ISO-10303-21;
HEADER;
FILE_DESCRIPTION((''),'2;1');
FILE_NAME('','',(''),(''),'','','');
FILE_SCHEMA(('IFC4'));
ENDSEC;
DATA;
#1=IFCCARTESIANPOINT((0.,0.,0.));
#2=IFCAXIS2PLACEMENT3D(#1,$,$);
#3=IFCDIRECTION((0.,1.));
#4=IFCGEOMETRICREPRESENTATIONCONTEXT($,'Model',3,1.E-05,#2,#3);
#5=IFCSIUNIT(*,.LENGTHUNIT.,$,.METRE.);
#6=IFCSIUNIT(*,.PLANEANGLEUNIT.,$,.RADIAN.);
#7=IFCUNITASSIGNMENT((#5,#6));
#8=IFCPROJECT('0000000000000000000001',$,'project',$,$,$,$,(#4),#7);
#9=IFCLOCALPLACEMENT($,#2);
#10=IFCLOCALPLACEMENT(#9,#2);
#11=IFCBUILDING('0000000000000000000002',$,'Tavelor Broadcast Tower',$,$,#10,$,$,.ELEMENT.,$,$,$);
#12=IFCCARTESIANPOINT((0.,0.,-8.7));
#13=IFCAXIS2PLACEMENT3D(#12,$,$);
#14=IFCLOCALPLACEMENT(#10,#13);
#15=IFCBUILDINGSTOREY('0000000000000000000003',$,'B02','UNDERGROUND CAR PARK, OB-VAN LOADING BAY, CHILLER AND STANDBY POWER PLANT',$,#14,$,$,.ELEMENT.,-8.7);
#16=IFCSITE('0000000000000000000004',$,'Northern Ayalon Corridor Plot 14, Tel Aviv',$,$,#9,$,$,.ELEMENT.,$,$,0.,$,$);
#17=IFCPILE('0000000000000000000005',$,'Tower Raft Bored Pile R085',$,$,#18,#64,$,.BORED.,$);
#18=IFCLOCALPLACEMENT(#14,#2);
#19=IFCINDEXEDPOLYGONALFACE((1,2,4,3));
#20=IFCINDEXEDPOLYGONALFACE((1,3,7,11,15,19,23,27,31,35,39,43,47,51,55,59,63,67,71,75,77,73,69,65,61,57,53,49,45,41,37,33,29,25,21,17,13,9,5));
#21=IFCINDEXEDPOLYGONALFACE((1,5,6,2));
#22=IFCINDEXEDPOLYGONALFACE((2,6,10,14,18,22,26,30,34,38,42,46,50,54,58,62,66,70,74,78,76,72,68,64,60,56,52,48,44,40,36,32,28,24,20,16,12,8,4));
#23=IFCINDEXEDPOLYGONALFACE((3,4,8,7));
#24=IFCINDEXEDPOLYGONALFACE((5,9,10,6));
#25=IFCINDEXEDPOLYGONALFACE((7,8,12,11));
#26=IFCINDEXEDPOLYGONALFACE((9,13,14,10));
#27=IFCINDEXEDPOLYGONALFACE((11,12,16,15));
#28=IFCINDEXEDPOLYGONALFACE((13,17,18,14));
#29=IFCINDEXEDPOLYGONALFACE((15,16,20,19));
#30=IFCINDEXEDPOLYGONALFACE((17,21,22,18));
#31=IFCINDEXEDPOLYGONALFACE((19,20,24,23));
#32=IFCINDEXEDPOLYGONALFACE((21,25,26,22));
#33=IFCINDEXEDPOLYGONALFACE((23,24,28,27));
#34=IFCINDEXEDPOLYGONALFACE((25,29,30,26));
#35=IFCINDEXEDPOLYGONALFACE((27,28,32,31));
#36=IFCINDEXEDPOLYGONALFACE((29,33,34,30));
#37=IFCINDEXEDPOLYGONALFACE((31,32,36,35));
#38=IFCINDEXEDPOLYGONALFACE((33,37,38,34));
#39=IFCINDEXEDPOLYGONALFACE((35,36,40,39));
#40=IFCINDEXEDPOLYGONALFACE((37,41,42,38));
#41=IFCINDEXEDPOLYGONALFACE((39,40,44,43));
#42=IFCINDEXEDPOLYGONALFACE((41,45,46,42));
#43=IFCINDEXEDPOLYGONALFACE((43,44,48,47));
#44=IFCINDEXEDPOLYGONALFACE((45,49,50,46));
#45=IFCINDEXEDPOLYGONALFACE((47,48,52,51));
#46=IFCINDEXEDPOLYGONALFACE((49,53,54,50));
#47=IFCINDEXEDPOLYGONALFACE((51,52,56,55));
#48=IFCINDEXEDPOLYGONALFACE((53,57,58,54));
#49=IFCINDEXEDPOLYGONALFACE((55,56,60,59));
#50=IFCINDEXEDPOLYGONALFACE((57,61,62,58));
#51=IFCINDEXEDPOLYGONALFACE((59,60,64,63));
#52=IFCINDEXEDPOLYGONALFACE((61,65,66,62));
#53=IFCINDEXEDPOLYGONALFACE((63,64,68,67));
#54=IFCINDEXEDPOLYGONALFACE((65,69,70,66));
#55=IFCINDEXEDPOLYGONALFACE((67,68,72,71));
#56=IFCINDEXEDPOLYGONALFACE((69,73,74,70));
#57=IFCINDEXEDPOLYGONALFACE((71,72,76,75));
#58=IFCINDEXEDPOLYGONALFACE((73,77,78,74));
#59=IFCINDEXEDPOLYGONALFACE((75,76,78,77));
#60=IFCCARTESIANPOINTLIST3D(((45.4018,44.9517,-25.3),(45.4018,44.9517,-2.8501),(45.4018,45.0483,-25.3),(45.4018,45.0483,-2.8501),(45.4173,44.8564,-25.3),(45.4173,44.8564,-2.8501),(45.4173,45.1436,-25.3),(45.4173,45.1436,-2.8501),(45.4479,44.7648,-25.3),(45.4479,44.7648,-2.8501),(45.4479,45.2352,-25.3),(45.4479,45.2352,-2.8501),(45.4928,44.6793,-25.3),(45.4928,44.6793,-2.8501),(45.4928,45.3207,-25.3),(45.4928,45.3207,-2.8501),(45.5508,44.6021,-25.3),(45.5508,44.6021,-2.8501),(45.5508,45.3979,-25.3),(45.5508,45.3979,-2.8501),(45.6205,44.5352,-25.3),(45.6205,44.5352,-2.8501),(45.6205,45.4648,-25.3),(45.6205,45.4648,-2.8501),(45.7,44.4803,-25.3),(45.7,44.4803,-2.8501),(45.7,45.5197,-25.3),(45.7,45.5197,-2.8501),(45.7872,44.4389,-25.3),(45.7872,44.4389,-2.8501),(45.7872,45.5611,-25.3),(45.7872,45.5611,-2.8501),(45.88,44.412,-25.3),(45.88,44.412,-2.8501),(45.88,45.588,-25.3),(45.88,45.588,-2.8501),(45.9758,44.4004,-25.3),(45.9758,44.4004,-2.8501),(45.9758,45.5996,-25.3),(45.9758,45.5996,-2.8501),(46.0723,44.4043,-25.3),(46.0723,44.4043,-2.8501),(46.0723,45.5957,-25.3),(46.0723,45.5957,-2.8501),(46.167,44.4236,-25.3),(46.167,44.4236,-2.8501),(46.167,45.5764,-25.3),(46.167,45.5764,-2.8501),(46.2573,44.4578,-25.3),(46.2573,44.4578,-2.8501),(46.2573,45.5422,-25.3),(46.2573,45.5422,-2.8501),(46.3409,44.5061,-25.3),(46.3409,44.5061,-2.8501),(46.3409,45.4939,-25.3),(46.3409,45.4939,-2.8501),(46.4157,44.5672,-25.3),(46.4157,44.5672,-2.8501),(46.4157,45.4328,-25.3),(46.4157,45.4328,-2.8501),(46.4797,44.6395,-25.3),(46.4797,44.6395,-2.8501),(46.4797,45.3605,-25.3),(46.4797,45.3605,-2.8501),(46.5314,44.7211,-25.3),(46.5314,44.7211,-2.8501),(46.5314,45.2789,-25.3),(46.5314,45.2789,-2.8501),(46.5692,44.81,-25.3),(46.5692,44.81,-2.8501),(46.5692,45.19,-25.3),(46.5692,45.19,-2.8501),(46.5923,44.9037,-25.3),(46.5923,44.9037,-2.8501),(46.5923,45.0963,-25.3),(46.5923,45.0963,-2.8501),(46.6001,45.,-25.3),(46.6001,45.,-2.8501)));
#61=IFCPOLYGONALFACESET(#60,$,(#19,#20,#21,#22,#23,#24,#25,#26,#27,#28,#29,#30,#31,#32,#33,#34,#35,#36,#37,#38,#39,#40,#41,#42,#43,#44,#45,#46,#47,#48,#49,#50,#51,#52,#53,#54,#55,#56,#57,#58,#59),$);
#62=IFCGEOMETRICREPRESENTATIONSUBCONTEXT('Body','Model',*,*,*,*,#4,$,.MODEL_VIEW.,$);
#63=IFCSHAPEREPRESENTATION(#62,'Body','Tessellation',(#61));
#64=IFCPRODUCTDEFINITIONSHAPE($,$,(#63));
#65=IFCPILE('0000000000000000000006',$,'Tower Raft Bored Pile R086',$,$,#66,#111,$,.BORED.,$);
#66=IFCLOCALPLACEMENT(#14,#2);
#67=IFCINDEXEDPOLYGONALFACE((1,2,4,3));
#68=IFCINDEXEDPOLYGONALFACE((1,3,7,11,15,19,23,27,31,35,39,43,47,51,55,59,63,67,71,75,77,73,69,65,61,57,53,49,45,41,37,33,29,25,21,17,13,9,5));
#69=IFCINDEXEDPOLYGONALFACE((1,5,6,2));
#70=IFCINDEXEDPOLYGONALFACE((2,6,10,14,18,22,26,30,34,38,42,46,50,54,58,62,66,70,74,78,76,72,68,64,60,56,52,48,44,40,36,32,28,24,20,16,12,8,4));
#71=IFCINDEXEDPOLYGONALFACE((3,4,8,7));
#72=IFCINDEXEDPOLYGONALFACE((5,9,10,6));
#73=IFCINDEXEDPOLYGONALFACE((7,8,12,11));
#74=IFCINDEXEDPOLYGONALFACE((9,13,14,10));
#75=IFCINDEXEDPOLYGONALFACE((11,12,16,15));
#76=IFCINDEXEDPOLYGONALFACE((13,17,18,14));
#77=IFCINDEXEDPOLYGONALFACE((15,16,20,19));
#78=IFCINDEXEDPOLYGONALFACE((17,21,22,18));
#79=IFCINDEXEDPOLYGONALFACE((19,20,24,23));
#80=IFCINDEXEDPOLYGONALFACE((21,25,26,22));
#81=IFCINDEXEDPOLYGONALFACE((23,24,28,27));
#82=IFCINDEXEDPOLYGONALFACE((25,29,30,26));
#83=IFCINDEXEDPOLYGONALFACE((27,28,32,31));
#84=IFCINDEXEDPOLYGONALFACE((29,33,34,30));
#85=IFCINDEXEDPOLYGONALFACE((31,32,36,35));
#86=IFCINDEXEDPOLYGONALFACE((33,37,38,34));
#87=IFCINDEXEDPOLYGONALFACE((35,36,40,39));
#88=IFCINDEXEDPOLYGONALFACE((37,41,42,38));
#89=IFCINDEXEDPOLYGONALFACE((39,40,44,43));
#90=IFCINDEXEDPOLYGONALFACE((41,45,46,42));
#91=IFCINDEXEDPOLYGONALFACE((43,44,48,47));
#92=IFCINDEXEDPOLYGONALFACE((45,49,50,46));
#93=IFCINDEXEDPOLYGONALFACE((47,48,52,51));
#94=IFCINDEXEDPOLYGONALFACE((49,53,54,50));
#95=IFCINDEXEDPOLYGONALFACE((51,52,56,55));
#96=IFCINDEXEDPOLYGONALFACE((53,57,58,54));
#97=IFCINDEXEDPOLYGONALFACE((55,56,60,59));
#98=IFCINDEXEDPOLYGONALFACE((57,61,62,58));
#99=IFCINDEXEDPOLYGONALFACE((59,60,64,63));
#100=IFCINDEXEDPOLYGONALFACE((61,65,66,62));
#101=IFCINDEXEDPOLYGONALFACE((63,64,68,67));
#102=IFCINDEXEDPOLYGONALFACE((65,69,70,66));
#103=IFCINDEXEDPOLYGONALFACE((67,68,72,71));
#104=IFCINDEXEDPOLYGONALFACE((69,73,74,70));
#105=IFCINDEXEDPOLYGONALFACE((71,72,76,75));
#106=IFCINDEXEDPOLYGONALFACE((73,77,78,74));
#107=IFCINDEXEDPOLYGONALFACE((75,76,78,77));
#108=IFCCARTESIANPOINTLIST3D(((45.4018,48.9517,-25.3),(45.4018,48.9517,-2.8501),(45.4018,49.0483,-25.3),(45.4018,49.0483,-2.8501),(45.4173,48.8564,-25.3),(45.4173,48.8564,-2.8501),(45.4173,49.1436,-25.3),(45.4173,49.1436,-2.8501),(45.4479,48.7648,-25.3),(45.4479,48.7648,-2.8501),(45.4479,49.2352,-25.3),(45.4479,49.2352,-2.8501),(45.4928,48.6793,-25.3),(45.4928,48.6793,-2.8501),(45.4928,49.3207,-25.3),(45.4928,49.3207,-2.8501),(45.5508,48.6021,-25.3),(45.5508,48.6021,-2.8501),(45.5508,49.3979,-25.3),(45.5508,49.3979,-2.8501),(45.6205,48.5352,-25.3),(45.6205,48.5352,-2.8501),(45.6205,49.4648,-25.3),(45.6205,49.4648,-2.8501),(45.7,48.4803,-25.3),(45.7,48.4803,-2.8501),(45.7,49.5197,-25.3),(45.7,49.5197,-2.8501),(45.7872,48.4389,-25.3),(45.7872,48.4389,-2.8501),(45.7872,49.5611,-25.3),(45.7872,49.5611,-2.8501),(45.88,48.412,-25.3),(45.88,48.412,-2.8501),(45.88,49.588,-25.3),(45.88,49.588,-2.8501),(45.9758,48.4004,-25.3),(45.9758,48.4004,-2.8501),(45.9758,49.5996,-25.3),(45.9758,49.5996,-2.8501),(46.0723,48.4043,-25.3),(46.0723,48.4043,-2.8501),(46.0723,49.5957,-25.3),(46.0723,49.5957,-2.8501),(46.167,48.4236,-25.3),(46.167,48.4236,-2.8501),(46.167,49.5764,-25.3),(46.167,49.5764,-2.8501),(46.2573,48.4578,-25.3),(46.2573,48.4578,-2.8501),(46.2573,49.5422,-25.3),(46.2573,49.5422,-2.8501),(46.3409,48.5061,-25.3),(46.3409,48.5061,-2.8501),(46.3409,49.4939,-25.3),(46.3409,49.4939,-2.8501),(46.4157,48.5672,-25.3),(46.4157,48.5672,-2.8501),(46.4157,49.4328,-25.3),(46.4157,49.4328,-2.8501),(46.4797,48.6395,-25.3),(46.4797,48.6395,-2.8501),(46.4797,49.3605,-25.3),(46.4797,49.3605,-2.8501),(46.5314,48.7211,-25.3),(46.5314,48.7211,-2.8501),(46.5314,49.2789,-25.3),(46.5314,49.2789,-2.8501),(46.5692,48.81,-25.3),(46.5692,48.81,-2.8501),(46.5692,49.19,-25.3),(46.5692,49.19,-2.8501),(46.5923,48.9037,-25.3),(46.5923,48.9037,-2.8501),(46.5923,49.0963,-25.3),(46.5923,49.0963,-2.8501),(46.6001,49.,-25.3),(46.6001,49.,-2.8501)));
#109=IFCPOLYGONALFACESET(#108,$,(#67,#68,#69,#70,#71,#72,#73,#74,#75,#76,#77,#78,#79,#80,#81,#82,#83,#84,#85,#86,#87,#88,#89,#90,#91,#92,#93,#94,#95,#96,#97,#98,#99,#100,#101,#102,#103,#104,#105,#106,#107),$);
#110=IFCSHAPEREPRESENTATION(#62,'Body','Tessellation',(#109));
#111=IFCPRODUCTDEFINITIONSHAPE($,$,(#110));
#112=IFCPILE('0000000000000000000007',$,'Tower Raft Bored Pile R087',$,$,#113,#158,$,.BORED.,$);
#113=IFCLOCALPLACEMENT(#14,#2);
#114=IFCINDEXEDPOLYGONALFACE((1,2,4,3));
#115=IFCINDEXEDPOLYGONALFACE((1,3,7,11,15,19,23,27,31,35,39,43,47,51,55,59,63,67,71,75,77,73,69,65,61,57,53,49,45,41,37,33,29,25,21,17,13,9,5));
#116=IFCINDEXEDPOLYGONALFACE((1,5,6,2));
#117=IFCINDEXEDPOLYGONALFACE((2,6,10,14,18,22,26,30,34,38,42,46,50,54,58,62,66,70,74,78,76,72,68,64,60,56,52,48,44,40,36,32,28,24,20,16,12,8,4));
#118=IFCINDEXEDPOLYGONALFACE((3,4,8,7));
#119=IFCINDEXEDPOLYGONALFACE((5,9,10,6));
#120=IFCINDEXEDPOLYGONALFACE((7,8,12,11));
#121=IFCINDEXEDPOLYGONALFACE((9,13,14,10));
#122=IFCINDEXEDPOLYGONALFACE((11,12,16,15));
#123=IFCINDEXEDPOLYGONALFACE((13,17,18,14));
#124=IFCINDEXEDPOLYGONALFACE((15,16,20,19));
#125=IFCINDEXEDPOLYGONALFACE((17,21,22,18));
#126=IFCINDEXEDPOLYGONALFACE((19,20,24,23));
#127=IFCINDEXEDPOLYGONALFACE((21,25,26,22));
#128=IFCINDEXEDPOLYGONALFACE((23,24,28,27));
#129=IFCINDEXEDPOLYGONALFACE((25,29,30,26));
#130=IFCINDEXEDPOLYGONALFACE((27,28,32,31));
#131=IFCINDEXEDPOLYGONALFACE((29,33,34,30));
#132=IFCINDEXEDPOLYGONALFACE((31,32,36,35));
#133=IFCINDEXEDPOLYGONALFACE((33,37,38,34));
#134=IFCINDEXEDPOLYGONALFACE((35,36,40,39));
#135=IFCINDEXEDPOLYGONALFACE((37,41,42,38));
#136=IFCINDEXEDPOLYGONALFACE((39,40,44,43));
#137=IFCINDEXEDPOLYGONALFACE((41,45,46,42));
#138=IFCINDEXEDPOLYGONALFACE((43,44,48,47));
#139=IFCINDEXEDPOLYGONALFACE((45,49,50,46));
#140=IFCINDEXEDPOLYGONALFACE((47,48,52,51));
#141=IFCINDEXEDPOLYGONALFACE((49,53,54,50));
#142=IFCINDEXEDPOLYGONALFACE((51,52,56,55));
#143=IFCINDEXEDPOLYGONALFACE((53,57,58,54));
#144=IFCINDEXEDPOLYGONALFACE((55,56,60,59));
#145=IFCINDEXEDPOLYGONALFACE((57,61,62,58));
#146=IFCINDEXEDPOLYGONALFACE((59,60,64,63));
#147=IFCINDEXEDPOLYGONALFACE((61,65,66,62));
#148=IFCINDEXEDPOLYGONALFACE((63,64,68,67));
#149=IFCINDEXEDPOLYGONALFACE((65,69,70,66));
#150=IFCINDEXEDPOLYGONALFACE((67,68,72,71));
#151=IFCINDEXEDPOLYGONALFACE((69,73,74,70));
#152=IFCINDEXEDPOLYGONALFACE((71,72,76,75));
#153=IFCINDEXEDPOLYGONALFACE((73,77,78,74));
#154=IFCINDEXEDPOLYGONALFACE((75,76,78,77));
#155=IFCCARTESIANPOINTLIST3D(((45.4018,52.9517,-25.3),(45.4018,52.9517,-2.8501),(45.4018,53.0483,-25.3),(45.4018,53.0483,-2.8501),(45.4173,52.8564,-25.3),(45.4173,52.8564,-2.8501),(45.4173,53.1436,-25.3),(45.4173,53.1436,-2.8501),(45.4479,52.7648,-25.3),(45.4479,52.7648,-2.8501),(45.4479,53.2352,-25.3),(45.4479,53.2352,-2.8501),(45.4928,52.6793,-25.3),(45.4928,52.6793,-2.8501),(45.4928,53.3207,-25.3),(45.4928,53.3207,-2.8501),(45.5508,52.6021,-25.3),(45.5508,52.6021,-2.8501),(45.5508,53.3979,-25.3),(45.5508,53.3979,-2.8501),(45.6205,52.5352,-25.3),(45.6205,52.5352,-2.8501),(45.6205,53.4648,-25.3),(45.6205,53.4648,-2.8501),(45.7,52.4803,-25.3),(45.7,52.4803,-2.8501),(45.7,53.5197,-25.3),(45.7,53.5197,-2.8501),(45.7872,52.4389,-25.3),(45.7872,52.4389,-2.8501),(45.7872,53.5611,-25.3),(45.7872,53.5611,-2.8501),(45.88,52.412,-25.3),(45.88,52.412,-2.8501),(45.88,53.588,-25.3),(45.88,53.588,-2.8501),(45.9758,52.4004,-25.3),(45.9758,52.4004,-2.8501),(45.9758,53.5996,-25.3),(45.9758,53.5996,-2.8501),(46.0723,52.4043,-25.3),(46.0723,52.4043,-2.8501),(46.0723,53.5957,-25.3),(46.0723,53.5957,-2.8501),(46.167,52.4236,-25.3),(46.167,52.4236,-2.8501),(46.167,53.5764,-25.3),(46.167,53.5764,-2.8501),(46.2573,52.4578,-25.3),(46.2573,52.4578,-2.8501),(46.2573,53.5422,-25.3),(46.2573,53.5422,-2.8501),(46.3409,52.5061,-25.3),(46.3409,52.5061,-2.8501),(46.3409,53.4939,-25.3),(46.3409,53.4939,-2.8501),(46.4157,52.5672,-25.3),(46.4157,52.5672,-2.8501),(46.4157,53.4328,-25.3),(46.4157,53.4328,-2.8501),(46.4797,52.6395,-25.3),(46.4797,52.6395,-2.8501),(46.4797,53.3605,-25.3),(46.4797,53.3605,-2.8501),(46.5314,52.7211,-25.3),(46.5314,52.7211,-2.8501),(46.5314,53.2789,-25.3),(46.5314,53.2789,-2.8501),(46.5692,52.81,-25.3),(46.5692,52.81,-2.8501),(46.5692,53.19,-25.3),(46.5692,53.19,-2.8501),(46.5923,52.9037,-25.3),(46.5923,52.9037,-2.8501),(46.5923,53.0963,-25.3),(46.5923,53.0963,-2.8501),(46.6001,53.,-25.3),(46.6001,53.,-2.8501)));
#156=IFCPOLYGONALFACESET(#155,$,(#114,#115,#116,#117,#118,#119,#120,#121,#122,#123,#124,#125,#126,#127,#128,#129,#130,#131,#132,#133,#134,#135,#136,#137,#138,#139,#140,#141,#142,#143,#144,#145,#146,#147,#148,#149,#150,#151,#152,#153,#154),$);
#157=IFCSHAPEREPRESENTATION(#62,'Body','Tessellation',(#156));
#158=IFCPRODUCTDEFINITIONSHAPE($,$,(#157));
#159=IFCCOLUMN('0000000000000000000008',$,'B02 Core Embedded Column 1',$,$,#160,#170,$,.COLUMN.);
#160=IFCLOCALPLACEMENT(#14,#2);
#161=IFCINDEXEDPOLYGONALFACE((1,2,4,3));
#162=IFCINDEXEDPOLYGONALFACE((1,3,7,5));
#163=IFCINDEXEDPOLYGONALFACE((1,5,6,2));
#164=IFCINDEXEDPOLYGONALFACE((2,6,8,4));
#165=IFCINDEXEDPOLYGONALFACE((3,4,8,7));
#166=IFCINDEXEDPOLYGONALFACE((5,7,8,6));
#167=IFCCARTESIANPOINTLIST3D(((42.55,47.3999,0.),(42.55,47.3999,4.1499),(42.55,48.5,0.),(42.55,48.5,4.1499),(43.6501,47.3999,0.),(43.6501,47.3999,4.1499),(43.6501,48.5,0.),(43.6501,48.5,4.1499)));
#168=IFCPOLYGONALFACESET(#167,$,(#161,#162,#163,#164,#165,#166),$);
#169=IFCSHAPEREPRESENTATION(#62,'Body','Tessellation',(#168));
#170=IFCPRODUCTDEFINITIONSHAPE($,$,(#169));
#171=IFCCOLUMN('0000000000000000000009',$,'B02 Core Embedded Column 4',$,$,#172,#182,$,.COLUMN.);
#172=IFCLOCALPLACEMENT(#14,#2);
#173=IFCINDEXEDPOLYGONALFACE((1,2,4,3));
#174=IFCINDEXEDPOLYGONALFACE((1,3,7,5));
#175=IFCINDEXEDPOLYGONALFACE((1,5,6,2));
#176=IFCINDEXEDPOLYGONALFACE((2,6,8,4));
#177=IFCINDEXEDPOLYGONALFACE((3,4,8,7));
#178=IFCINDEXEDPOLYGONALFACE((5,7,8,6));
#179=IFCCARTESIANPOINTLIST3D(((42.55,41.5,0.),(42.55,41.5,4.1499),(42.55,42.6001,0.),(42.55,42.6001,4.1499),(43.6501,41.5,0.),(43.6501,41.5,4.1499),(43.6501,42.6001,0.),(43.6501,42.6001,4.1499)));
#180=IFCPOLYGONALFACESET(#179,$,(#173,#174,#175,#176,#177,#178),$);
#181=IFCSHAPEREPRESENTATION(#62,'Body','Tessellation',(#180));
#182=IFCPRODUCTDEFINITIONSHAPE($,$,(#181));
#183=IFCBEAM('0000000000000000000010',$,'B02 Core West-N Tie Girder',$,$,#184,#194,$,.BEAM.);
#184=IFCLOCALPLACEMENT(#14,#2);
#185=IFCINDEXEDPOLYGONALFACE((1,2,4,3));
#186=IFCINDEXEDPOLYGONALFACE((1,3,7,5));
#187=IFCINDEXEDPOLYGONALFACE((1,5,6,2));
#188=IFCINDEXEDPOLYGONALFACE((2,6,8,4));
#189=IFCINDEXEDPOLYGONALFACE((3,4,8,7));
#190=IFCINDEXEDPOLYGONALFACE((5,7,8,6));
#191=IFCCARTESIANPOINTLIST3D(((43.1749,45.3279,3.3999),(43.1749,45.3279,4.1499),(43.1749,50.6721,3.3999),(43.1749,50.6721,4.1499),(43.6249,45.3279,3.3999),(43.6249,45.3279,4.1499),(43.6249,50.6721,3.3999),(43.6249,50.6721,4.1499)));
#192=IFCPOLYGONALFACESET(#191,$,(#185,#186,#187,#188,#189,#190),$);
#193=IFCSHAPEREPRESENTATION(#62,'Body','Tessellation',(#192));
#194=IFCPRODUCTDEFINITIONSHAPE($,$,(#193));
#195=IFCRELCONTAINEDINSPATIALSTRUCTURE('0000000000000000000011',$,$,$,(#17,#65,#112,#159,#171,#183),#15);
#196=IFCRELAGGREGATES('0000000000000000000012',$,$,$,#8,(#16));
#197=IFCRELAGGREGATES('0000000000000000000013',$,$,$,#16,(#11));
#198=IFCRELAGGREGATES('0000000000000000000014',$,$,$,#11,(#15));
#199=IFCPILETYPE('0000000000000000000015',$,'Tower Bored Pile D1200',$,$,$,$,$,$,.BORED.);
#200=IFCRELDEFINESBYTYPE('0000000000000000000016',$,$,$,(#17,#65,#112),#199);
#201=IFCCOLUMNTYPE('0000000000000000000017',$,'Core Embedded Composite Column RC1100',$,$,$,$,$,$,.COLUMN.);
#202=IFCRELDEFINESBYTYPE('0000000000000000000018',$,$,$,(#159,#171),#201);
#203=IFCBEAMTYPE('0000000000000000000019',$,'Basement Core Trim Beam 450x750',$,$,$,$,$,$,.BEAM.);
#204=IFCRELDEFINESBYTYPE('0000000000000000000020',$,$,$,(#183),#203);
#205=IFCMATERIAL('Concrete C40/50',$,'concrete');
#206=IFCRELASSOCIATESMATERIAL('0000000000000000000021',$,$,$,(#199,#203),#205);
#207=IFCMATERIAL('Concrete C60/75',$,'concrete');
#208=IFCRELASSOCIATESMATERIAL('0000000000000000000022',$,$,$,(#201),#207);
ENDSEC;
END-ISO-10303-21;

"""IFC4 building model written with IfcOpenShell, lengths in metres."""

from ifc_helpers import new_model, si_unit, direction, frame, origin, origin_2d, place, context, subcontext, project, spatial, rectangle, circle, extrude, material, material_profile, profile_set, type_object, element, save


model = new_model("IFC4")

# Units and contexts
model_context = context("Model", 3, precision=1e-05, world=origin(), true_north=direction((0.0, 1.0)))
body_context = subcontext(model_context, "Body", "Model", "MODEL_VIEW")
ifc_project = project(units=[si_unit("LENGTHUNIT", "METRE"), si_unit("PLANEANGLEUNIT", "RADIAN")], contexts=[model_context])

# Site, building, storey
site_placement = place(None, origin())
site = spatial("IfcSite", under=ifc_project, at=site_placement, Name="Northern Ayalon Corridor Plot 14, Tel Aviv", CompositionType="ELEMENT", RefElevation=0.0)
building_placement = place(site_placement, origin())
building = spatial("IfcBuilding", under=site, at=building_placement, Name="Tavelor Broadcast Tower", CompositionType="ELEMENT")
storey_placement = place(building_placement, frame((0.0, 0.0, -8.7)))
storey = spatial("IfcBuildingStorey", under=building, at=storey_placement, Name="B02", Description="UNDERGROUND CAR PARK, OB-VAN LOADING BAY, CHILLER AND STANDBY POWER PLANT", CompositionType="ELEMENT", Elevation=-8.7)

# Piles
ifc_material_1 = material(Name="Concrete C40/50", Category="concrete")
ifc_material_profile_1 = material_profile(ifc_material_1, circle(Radius=0.6001, at=origin_2d()), Name="PILE D1200")
ifc_profile_set_1 = profile_set([ifc_material_profile_1], Name="Concrete C40/50")
pile_type = type_object("IfcPileType", Name="Tower Bored Pile D1200", PredefinedType="BORED", material=ifc_profile_set_1)
for number, where, z_axis, x_axis, name in (
    (1, (46.0, 45.0, -2.8501), (0.0, 0.0, -1.0), (1.0, 0.0, 0.0), "Tower Raft Bored Pile R085"),
    (2, (46.0, 49.0, -2.8501), (0.0, 0.0, -1.0), (1.0, 0.0, 0.0), "Tower Raft Bored Pile R086"),
    (3, (46.0, 53.0, -2.8501), (0.0, 0.0, -1.0), (1.0, 0.0, 0.0), "Tower Raft Bored Pile R087"),
):
    element("IfcPile", number, at=place(storey_placement, frame(where, z_axis=z_axis, x_axis=x_axis)), inside=storey, type_object=pile_type, Name=name, PredefinedType="BORED", context=body_context, shape_type="SweptSolid", body=[
        extrude(circle(Radius=0.6001, at=origin_2d()), origin(), (0.0, 0.0, 1.0), 22.45),
    ])

# Columns
ifc_material_2 = material(Name="Concrete C60/75", Category="concrete")
ifc_material_profile_2 = material_profile(ifc_material_2, rectangle(XDim=1.1001, YDim=1.1001, at=origin_2d()), Name="RC 1100x1100")
ifc_profile_set_2 = profile_set([ifc_material_profile_2], Name="Concrete C60/75")
column_type = type_object("IfcColumnType", Name="Core Embedded Composite Column RC1100", PredefinedType="COLUMN", material=ifc_profile_set_2)
for number, where, z_axis, x_axis, name in (
    (4, (43.1001, 47.95, 0.0), (0.0, 0.0, 1.0), (1.0, 0.0, 0.0), "B02 Core Embedded Column 1"),
    (5, (43.1001, 42.05, 0.0), (0.0, 0.0, 1.0), (1.0, 0.0, 0.0), "B02 Core Embedded Column 4"),
):
    element("IfcColumn", number, at=place(storey_placement, frame(where, z_axis=z_axis, x_axis=x_axis)), inside=storey, type_object=column_type, Name=name, PredefinedType="COLUMN", context=body_context, shape_type="SweptSolid", body=[
        extrude(rectangle(XDim=1.1001, YDim=1.1001, at=origin_2d()), origin(), (0.0, 0.0, 1.0), 4.1499),
    ])

# Beam
ifc_material_profile_3 = material_profile(ifc_material_1, rectangle(XDim=0.45, YDim=0.75, at=origin_2d()), Name="RC 450x750")
ifc_profile_set_3 = profile_set([ifc_material_profile_3], Name="Concrete C40/50")
beam_type = type_object("IfcBeamType", Name="Basement Core Trim Beam 450x750", PredefinedType="BEAM", material=ifc_profile_set_3)
beam_placement = place(storey_placement, frame((43.3999, 45.3279, 3.7749), z_axis=(0.0, 1.0, 0.0), x_axis=(-1.0, 0.0, 0.0)))
element("IfcBeam", 6, at=beam_placement, inside=storey, type_object=beam_type, Name="B02 Core West-N Tie Girder", PredefinedType="BEAM", context=body_context, shape_type="SweptSolid", body=[
    extrude(rectangle(XDim=0.45, YDim=0.75, at=origin_2d()), origin(), (0.0, 0.0, 1.0), 5.3442),
])

save(model, "model.ifc")
